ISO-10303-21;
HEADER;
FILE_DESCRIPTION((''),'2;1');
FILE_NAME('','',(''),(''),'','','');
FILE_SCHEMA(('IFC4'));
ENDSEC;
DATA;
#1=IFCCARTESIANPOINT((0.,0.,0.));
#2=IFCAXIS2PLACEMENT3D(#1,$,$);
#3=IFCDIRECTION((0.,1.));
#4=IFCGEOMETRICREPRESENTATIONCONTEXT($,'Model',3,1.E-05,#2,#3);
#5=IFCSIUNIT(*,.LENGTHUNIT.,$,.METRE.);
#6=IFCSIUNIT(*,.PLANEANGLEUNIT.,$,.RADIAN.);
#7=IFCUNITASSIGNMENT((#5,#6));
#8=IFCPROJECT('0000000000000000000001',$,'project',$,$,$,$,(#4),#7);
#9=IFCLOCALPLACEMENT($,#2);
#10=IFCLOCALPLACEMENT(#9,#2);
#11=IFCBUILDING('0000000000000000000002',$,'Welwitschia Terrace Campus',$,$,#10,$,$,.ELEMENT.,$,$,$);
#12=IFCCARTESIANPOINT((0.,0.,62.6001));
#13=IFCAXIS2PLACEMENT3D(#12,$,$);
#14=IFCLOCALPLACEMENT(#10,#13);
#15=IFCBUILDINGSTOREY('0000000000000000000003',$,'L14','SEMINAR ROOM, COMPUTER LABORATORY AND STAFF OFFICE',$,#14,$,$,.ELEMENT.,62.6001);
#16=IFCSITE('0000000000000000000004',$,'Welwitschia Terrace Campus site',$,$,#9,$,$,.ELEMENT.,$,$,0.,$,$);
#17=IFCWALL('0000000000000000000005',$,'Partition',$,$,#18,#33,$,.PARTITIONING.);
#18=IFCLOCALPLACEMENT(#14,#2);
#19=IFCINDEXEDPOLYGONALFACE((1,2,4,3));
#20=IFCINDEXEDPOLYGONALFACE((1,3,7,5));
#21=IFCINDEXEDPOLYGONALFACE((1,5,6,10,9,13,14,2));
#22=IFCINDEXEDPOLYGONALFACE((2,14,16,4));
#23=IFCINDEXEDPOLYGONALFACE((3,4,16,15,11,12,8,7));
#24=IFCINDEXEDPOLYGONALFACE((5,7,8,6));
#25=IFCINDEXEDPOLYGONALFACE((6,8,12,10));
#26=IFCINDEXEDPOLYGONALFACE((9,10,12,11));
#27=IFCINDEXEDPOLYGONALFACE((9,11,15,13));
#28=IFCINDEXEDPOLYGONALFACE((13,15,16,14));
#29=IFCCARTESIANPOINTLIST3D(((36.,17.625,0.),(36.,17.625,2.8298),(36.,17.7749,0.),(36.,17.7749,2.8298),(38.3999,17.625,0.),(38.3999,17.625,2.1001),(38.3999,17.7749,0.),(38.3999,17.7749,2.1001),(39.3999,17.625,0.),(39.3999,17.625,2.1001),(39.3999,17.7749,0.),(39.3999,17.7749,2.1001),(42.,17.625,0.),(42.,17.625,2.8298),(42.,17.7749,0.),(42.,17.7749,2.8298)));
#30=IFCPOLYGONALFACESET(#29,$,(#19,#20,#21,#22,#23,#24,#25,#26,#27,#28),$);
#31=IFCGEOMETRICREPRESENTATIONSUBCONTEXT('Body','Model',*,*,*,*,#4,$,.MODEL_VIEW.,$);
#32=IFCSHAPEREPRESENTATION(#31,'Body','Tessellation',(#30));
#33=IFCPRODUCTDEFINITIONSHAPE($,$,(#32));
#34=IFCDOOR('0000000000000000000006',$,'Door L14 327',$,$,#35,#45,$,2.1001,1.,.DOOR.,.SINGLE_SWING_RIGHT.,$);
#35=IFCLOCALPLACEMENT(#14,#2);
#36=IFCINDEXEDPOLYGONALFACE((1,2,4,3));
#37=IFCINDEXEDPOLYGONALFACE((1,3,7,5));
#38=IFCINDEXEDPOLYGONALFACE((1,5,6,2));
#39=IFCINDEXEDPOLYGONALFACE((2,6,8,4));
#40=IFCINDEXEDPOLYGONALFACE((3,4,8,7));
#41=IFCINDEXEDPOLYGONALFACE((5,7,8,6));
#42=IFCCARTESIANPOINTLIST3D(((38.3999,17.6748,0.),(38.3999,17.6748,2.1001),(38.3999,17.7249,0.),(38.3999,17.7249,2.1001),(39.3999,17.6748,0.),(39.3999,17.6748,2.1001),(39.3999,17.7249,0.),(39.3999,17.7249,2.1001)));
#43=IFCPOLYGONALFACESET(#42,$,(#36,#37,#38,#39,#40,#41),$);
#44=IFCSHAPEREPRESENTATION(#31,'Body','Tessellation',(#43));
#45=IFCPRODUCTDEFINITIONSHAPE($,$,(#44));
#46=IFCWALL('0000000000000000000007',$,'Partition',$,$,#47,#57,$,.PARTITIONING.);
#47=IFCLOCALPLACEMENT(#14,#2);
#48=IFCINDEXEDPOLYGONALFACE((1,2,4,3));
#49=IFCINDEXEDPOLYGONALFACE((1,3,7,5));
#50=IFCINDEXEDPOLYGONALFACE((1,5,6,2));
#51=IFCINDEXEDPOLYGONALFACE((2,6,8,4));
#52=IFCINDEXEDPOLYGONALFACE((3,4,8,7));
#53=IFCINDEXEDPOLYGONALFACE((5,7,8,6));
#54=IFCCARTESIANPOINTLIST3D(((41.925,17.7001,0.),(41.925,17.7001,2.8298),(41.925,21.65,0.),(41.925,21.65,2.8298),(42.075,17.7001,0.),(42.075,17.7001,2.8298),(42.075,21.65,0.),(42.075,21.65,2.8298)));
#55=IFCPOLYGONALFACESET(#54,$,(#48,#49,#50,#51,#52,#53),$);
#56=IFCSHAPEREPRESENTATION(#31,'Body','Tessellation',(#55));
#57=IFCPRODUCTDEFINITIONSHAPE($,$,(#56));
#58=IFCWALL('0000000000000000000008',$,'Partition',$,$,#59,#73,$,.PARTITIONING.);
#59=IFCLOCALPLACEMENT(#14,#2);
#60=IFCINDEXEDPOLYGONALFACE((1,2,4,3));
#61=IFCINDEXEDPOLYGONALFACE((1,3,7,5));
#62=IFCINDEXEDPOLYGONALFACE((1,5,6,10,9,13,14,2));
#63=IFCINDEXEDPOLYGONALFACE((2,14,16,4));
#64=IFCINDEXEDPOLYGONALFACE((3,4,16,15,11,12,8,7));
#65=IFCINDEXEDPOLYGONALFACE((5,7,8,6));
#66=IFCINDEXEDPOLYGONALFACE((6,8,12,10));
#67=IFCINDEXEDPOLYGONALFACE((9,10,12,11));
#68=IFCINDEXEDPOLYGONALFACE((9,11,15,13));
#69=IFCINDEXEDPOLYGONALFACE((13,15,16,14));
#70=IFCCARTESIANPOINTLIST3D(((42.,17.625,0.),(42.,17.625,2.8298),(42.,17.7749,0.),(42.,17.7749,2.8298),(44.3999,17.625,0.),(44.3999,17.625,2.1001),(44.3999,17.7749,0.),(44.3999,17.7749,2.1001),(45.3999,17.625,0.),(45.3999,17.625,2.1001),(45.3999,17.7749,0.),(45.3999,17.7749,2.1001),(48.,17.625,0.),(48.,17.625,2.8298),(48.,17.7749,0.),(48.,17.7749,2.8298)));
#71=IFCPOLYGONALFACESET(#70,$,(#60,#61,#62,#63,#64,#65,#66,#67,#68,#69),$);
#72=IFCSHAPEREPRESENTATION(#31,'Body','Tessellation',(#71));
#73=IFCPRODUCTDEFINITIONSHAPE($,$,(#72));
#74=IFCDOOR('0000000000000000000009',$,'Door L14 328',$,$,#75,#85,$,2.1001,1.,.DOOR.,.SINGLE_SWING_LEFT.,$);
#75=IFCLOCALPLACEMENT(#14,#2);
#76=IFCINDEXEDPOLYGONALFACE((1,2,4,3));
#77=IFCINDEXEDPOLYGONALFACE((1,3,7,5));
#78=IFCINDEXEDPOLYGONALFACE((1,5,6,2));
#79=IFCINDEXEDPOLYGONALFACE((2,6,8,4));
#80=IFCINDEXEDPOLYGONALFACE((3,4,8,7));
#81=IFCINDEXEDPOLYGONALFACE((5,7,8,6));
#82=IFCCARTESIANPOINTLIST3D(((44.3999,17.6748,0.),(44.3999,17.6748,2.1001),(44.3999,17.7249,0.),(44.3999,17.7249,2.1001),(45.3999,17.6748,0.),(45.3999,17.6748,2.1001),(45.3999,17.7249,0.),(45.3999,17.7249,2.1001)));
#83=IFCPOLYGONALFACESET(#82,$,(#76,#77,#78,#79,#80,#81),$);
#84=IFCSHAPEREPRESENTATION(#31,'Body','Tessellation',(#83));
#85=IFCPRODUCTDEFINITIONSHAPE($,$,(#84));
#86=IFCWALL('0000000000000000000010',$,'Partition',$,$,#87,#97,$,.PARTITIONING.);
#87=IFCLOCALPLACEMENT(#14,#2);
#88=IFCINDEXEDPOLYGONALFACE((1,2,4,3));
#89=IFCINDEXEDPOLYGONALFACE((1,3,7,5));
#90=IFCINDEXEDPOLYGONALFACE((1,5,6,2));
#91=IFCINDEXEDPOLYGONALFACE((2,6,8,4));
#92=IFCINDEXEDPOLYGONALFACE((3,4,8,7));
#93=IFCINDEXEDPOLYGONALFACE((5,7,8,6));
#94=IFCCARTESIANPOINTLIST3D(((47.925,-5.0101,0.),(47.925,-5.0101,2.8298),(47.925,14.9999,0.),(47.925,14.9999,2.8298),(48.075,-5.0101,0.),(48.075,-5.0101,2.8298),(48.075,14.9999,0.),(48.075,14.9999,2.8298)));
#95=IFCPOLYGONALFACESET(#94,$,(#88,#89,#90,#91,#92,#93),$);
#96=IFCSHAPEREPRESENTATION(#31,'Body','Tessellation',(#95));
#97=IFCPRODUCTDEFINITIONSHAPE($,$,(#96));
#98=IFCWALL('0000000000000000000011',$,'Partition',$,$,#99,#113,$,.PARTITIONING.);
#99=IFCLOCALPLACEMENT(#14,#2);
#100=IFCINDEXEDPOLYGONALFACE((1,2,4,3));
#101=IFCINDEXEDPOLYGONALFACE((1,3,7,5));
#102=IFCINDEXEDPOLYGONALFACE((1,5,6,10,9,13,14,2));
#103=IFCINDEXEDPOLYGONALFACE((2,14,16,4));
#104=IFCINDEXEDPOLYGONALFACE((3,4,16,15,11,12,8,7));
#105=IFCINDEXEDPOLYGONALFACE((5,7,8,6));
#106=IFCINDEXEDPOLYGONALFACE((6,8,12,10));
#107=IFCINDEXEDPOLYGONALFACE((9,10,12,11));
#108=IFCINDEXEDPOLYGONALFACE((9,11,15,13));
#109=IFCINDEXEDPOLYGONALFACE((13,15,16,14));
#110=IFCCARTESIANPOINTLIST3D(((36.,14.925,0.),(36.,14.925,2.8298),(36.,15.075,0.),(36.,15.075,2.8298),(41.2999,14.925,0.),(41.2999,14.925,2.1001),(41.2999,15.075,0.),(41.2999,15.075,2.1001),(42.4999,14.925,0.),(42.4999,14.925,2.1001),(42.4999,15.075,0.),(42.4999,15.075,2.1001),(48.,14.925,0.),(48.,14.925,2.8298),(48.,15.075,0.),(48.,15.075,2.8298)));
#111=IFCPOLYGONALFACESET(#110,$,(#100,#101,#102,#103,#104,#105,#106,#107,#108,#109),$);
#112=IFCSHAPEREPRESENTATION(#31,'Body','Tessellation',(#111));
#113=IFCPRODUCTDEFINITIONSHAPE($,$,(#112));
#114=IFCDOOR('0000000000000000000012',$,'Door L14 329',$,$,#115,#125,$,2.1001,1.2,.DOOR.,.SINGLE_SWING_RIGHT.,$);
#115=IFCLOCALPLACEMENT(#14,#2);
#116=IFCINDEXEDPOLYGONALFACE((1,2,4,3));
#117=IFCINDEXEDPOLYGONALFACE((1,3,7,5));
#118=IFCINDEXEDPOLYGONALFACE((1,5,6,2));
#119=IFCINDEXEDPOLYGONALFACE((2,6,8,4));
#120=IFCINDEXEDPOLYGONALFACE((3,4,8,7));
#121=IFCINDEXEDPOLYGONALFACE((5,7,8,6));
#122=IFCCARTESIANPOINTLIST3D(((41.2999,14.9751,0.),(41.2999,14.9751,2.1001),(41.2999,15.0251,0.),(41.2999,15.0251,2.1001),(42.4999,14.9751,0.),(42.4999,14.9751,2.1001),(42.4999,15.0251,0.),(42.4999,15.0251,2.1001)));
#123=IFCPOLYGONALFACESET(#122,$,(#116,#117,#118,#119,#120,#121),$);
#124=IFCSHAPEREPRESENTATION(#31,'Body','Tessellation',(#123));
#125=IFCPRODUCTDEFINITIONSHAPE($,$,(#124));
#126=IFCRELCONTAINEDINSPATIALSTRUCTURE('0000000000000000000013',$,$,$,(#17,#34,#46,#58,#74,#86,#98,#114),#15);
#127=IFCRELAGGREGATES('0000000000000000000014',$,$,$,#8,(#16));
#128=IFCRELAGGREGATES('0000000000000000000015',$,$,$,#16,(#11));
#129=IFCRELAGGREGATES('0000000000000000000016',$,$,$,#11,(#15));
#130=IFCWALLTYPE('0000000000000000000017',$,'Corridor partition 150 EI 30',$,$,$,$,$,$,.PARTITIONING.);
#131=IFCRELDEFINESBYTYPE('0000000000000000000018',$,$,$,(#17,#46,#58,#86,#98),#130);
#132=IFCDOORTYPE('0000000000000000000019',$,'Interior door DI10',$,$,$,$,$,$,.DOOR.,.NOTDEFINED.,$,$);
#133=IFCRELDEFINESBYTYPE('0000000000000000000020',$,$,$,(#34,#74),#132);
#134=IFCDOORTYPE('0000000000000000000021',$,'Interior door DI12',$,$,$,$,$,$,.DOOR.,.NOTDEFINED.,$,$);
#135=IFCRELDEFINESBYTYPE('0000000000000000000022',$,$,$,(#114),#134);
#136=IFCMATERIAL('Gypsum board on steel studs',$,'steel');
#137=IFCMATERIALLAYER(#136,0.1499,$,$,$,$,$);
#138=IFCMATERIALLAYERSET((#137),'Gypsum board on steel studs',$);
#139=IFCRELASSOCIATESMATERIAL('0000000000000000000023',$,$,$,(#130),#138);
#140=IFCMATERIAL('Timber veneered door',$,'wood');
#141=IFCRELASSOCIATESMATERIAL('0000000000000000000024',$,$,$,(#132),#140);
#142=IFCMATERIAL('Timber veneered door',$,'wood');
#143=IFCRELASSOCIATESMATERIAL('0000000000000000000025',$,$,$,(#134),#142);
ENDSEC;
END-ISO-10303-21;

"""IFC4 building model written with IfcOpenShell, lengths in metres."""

from ifc_helpers import new_model, si_unit, direction, frame, frame_2d, origin, place, context, subcontext, project, spatial, rectangle, extrude, material, layer, layer_set, type_object, element, fill, save


model = new_model("IFC4")

# Units and contexts
model_context = context("Model", 3, precision=1e-05, world=origin(), true_north=direction((0.0, 1.0)))
body_context = subcontext(model_context, "Body", "Model", "MODEL_VIEW")
ifc_project = project(units=[si_unit("LENGTHUNIT", "METRE"), si_unit("PLANEANGLEUNIT", "RADIAN")], contexts=[model_context])

# Site, building, storey
site_placement = place(None, origin())
site = spatial("IfcSite", under=ifc_project, at=site_placement, Name="Welwitschia Terrace Campus site", CompositionType="ELEMENT", RefElevation=0.0)
building_placement = place(site_placement, origin())
building = spatial("IfcBuilding", under=site, at=building_placement, Name="Welwitschia Terrace Campus", CompositionType="ELEMENT")
storey_placement = place(building_placement, frame((0.0, 0.0, 62.6001)))
storey = spatial("IfcBuildingStorey", under=building, at=storey_placement, Name="L14", Description="SEMINAR ROOM, COMPUTER LABORATORY AND STAFF OFFICE", CompositionType="ELEMENT", Elevation=62.6001)

# Shared definitions
ifc_material_1 = material(Name="Gypsum board on steel studs", Category="steel")
ifc_layer_1 = layer(ifc_material_1, 0.1499)
ifc_layer_set_1 = layer_set([ifc_layer_1], Name="Gypsum board on steel studs")
wall_type = type_object("IfcWallType", Name="Corridor partition 150 EI 30", PredefinedType="PARTITIONING", material=ifc_layer_set_1)

# Wall, opening, door
wall_1_placement = place(storey_placement, frame((36.0, 17.7, 0.0), z_axis=(0.0, 0.0, 1.0), x_axis=(1.0, 0.0, 0.0)))
wall_1 = element("IfcWall", 1, at=wall_1_placement, inside=storey, type_object=wall_type, Name="Partition", PredefinedType="PARTITIONING", context=body_context, shape_type="SweptSolid", body=[
    extrude(rectangle(XDim=6.0, YDim=0.1499, at=frame_2d((3.0, 0.0))), origin(), (0.0, 0.0, 1.0), 2.8298),
])
opening_1_placement = place(wall_1_placement, frame((2.3999, 0.0, 0.0)))
opening_1 = element("IfcOpeningElement", 2, at=opening_1_placement, cuts=wall_1, PredefinedType="OPENING", context=body_context, shape_type="SweptSolid", body=[
    extrude(rectangle(XDim=1.0, YDim=2.1001, at=frame_2d((0.5, 1.05))), frame((0.0, 0.085, 0.0), z_axis=(0.0, -1.0, 0.0), x_axis=(1.0, 0.0, 0.0)), (0.0, 0.0, 1.0), 0.1699),
])
ifc_material_2 = material(Name="Timber veneered door", Category="wood")
door_type_1 = type_object("IfcDoorType", Name="Interior door DI10", OperationType="NOTDEFINED", PredefinedType="DOOR", material=ifc_material_2)
door_1_placement = place(opening_1_placement, origin())
door_1 = element("IfcDoor", 3, at=door_1_placement, inside=storey, type_object=door_type_1, Name="Door L14 327", OperationType="SINGLE_SWING_RIGHT", OverallHeight=2.1001, OverallWidth=1.0, PredefinedType="DOOR", context=body_context, shape_type="SweptSolid", body=[
    extrude(rectangle(XDim=1.0, YDim=2.1001, at=frame_2d((0.5, 1.05))), frame((0.0, 0.0249, 0.0), z_axis=(0.0, -1.0, 0.0), x_axis=(1.0, 0.0, 0.0)), (0.0, 0.0, 1.0), 0.05),
])
fill(opening_1, door_1)

# Wall
wall_2_placement = place(storey_placement, frame((42.0, 17.7, 0.0), z_axis=(0.0, 0.0, 1.0), x_axis=(0.0, 1.0, 0.0)))
element("IfcWall", 4, at=wall_2_placement, inside=storey, type_object=wall_type, Name="Partition", PredefinedType="PARTITIONING", context=body_context, shape_type="SweptSolid", body=[
    extrude(rectangle(XDim=3.95, YDim=0.1499, at=frame_2d((1.9751, 0.0))), origin(), (0.0, 0.0, 1.0), 2.8298),
])

# Wall, opening, door
wall_3_placement = place(storey_placement, frame((42.0, 17.7, 0.0), z_axis=(0.0, 0.0, 1.0), x_axis=(1.0, 0.0, 0.0)))
wall_3 = element("IfcWall", 5, at=wall_3_placement, inside=storey, type_object=wall_type, Name="Partition", PredefinedType="PARTITIONING", context=body_context, shape_type="SweptSolid", body=[
    extrude(rectangle(XDim=6.0, YDim=0.1499, at=frame_2d((3.0, 0.0))), origin(), (0.0, 0.0, 1.0), 2.8298),
])
opening_2_placement = place(wall_3_placement, frame((2.3999, 0.0, 0.0)))
opening_2 = element("IfcOpeningElement", 6, at=opening_2_placement, cuts=wall_3, PredefinedType="OPENING", context=body_context, shape_type="SweptSolid", body=[
    extrude(rectangle(XDim=1.0, YDim=2.1001, at=frame_2d((0.5, 1.05))), frame((0.0, 0.085, 0.0), z_axis=(0.0, -1.0, 0.0), x_axis=(1.0, 0.0, 0.0)), (0.0, 0.0, 1.0), 0.1699),
])
door_2_placement = place(opening_2_placement, origin())
door_2 = element("IfcDoor", 7, at=door_2_placement, inside=storey, type_object=door_type_1, Name="Door L14 328", OperationType="SINGLE_SWING_LEFT", OverallHeight=2.1001, OverallWidth=1.0, PredefinedType="DOOR", context=body_context, shape_type="SweptSolid", body=[
    extrude(rectangle(XDim=1.0, YDim=2.1001, at=frame_2d((0.5, 1.05))), frame((0.0, 0.0249, 0.0), z_axis=(0.0, -1.0, 0.0), x_axis=(1.0, 0.0, 0.0)), (0.0, 0.0, 1.0), 0.05),
])
fill(opening_2, door_2)

# Wall
wall_4_placement = place(storey_placement, frame((48.0, -5.01, 0.0), z_axis=(0.0, 0.0, 1.0), x_axis=(0.0, 1.0, 0.0)))
element("IfcWall", 8, at=wall_4_placement, inside=storey, type_object=wall_type, Name="Partition", PredefinedType="PARTITIONING", context=body_context, shape_type="SweptSolid", body=[
    extrude(rectangle(XDim=20.01, YDim=0.1499, at=frame_2d((10.0049, 0.0))), origin(), (0.0, 0.0, 1.0), 2.8298),
])

# Wall, opening, door
wall_5_placement = place(storey_placement, frame((48.0, 15.0, 0.0), z_axis=(0.0, 0.0, 1.0), x_axis=(-1.0, 0.0, 0.0)))
wall_5 = element("IfcWall", 9, at=wall_5_placement, inside=storey, type_object=wall_type, Name="Partition", PredefinedType="PARTITIONING", context=body_context, shape_type="SweptSolid", body=[
    extrude(rectangle(XDim=12.0, YDim=0.1499, at=frame_2d((6.0, 0.0))), origin(), (0.0, 0.0, 1.0), 2.8298),
])
opening_3_placement = place(wall_5_placement, frame((5.5, 0.0, 0.0)))
opening_3 = element("IfcOpeningElement", 10, at=opening_3_placement, cuts=wall_5, PredefinedType="OPENING", context=body_context, shape_type="SweptSolid", body=[
    extrude(rectangle(XDim=1.2, YDim=2.1001, at=frame_2d((0.6001, 1.05))), frame((0.0, 0.085, 0.0), z_axis=(0.0, -1.0, 0.0), x_axis=(1.0, 0.0, 0.0)), (0.0, 0.0, 1.0), 0.1699),
])
ifc_material_3 = material(Name="Timber veneered door", Category="wood")
door_type_2 = type_object("IfcDoorType", Name="Interior door DI12", OperationType="NOTDEFINED", PredefinedType="DOOR", material=ifc_material_3)
door_3_placement = place(opening_3_placement, origin())
door_3 = element("IfcDoor", 11, at=door_3_placement, inside=storey, type_object=door_type_2, Name="Door L14 329", OperationType="SINGLE_SWING_RIGHT", OverallHeight=2.1001, OverallWidth=1.2, PredefinedType="DOOR", context=body_context, shape_type="SweptSolid", body=[
    extrude(rectangle(XDim=1.2, YDim=2.1001, at=frame_2d((0.6001, 1.05))), frame((0.0, 0.0249, 0.0), z_axis=(0.0, -1.0, 0.0), x_axis=(1.0, 0.0, 0.0)), (0.0, 0.0, 1.0), 0.05),
])
fill(opening_3, door_3)

save(model, "model.ifc")
